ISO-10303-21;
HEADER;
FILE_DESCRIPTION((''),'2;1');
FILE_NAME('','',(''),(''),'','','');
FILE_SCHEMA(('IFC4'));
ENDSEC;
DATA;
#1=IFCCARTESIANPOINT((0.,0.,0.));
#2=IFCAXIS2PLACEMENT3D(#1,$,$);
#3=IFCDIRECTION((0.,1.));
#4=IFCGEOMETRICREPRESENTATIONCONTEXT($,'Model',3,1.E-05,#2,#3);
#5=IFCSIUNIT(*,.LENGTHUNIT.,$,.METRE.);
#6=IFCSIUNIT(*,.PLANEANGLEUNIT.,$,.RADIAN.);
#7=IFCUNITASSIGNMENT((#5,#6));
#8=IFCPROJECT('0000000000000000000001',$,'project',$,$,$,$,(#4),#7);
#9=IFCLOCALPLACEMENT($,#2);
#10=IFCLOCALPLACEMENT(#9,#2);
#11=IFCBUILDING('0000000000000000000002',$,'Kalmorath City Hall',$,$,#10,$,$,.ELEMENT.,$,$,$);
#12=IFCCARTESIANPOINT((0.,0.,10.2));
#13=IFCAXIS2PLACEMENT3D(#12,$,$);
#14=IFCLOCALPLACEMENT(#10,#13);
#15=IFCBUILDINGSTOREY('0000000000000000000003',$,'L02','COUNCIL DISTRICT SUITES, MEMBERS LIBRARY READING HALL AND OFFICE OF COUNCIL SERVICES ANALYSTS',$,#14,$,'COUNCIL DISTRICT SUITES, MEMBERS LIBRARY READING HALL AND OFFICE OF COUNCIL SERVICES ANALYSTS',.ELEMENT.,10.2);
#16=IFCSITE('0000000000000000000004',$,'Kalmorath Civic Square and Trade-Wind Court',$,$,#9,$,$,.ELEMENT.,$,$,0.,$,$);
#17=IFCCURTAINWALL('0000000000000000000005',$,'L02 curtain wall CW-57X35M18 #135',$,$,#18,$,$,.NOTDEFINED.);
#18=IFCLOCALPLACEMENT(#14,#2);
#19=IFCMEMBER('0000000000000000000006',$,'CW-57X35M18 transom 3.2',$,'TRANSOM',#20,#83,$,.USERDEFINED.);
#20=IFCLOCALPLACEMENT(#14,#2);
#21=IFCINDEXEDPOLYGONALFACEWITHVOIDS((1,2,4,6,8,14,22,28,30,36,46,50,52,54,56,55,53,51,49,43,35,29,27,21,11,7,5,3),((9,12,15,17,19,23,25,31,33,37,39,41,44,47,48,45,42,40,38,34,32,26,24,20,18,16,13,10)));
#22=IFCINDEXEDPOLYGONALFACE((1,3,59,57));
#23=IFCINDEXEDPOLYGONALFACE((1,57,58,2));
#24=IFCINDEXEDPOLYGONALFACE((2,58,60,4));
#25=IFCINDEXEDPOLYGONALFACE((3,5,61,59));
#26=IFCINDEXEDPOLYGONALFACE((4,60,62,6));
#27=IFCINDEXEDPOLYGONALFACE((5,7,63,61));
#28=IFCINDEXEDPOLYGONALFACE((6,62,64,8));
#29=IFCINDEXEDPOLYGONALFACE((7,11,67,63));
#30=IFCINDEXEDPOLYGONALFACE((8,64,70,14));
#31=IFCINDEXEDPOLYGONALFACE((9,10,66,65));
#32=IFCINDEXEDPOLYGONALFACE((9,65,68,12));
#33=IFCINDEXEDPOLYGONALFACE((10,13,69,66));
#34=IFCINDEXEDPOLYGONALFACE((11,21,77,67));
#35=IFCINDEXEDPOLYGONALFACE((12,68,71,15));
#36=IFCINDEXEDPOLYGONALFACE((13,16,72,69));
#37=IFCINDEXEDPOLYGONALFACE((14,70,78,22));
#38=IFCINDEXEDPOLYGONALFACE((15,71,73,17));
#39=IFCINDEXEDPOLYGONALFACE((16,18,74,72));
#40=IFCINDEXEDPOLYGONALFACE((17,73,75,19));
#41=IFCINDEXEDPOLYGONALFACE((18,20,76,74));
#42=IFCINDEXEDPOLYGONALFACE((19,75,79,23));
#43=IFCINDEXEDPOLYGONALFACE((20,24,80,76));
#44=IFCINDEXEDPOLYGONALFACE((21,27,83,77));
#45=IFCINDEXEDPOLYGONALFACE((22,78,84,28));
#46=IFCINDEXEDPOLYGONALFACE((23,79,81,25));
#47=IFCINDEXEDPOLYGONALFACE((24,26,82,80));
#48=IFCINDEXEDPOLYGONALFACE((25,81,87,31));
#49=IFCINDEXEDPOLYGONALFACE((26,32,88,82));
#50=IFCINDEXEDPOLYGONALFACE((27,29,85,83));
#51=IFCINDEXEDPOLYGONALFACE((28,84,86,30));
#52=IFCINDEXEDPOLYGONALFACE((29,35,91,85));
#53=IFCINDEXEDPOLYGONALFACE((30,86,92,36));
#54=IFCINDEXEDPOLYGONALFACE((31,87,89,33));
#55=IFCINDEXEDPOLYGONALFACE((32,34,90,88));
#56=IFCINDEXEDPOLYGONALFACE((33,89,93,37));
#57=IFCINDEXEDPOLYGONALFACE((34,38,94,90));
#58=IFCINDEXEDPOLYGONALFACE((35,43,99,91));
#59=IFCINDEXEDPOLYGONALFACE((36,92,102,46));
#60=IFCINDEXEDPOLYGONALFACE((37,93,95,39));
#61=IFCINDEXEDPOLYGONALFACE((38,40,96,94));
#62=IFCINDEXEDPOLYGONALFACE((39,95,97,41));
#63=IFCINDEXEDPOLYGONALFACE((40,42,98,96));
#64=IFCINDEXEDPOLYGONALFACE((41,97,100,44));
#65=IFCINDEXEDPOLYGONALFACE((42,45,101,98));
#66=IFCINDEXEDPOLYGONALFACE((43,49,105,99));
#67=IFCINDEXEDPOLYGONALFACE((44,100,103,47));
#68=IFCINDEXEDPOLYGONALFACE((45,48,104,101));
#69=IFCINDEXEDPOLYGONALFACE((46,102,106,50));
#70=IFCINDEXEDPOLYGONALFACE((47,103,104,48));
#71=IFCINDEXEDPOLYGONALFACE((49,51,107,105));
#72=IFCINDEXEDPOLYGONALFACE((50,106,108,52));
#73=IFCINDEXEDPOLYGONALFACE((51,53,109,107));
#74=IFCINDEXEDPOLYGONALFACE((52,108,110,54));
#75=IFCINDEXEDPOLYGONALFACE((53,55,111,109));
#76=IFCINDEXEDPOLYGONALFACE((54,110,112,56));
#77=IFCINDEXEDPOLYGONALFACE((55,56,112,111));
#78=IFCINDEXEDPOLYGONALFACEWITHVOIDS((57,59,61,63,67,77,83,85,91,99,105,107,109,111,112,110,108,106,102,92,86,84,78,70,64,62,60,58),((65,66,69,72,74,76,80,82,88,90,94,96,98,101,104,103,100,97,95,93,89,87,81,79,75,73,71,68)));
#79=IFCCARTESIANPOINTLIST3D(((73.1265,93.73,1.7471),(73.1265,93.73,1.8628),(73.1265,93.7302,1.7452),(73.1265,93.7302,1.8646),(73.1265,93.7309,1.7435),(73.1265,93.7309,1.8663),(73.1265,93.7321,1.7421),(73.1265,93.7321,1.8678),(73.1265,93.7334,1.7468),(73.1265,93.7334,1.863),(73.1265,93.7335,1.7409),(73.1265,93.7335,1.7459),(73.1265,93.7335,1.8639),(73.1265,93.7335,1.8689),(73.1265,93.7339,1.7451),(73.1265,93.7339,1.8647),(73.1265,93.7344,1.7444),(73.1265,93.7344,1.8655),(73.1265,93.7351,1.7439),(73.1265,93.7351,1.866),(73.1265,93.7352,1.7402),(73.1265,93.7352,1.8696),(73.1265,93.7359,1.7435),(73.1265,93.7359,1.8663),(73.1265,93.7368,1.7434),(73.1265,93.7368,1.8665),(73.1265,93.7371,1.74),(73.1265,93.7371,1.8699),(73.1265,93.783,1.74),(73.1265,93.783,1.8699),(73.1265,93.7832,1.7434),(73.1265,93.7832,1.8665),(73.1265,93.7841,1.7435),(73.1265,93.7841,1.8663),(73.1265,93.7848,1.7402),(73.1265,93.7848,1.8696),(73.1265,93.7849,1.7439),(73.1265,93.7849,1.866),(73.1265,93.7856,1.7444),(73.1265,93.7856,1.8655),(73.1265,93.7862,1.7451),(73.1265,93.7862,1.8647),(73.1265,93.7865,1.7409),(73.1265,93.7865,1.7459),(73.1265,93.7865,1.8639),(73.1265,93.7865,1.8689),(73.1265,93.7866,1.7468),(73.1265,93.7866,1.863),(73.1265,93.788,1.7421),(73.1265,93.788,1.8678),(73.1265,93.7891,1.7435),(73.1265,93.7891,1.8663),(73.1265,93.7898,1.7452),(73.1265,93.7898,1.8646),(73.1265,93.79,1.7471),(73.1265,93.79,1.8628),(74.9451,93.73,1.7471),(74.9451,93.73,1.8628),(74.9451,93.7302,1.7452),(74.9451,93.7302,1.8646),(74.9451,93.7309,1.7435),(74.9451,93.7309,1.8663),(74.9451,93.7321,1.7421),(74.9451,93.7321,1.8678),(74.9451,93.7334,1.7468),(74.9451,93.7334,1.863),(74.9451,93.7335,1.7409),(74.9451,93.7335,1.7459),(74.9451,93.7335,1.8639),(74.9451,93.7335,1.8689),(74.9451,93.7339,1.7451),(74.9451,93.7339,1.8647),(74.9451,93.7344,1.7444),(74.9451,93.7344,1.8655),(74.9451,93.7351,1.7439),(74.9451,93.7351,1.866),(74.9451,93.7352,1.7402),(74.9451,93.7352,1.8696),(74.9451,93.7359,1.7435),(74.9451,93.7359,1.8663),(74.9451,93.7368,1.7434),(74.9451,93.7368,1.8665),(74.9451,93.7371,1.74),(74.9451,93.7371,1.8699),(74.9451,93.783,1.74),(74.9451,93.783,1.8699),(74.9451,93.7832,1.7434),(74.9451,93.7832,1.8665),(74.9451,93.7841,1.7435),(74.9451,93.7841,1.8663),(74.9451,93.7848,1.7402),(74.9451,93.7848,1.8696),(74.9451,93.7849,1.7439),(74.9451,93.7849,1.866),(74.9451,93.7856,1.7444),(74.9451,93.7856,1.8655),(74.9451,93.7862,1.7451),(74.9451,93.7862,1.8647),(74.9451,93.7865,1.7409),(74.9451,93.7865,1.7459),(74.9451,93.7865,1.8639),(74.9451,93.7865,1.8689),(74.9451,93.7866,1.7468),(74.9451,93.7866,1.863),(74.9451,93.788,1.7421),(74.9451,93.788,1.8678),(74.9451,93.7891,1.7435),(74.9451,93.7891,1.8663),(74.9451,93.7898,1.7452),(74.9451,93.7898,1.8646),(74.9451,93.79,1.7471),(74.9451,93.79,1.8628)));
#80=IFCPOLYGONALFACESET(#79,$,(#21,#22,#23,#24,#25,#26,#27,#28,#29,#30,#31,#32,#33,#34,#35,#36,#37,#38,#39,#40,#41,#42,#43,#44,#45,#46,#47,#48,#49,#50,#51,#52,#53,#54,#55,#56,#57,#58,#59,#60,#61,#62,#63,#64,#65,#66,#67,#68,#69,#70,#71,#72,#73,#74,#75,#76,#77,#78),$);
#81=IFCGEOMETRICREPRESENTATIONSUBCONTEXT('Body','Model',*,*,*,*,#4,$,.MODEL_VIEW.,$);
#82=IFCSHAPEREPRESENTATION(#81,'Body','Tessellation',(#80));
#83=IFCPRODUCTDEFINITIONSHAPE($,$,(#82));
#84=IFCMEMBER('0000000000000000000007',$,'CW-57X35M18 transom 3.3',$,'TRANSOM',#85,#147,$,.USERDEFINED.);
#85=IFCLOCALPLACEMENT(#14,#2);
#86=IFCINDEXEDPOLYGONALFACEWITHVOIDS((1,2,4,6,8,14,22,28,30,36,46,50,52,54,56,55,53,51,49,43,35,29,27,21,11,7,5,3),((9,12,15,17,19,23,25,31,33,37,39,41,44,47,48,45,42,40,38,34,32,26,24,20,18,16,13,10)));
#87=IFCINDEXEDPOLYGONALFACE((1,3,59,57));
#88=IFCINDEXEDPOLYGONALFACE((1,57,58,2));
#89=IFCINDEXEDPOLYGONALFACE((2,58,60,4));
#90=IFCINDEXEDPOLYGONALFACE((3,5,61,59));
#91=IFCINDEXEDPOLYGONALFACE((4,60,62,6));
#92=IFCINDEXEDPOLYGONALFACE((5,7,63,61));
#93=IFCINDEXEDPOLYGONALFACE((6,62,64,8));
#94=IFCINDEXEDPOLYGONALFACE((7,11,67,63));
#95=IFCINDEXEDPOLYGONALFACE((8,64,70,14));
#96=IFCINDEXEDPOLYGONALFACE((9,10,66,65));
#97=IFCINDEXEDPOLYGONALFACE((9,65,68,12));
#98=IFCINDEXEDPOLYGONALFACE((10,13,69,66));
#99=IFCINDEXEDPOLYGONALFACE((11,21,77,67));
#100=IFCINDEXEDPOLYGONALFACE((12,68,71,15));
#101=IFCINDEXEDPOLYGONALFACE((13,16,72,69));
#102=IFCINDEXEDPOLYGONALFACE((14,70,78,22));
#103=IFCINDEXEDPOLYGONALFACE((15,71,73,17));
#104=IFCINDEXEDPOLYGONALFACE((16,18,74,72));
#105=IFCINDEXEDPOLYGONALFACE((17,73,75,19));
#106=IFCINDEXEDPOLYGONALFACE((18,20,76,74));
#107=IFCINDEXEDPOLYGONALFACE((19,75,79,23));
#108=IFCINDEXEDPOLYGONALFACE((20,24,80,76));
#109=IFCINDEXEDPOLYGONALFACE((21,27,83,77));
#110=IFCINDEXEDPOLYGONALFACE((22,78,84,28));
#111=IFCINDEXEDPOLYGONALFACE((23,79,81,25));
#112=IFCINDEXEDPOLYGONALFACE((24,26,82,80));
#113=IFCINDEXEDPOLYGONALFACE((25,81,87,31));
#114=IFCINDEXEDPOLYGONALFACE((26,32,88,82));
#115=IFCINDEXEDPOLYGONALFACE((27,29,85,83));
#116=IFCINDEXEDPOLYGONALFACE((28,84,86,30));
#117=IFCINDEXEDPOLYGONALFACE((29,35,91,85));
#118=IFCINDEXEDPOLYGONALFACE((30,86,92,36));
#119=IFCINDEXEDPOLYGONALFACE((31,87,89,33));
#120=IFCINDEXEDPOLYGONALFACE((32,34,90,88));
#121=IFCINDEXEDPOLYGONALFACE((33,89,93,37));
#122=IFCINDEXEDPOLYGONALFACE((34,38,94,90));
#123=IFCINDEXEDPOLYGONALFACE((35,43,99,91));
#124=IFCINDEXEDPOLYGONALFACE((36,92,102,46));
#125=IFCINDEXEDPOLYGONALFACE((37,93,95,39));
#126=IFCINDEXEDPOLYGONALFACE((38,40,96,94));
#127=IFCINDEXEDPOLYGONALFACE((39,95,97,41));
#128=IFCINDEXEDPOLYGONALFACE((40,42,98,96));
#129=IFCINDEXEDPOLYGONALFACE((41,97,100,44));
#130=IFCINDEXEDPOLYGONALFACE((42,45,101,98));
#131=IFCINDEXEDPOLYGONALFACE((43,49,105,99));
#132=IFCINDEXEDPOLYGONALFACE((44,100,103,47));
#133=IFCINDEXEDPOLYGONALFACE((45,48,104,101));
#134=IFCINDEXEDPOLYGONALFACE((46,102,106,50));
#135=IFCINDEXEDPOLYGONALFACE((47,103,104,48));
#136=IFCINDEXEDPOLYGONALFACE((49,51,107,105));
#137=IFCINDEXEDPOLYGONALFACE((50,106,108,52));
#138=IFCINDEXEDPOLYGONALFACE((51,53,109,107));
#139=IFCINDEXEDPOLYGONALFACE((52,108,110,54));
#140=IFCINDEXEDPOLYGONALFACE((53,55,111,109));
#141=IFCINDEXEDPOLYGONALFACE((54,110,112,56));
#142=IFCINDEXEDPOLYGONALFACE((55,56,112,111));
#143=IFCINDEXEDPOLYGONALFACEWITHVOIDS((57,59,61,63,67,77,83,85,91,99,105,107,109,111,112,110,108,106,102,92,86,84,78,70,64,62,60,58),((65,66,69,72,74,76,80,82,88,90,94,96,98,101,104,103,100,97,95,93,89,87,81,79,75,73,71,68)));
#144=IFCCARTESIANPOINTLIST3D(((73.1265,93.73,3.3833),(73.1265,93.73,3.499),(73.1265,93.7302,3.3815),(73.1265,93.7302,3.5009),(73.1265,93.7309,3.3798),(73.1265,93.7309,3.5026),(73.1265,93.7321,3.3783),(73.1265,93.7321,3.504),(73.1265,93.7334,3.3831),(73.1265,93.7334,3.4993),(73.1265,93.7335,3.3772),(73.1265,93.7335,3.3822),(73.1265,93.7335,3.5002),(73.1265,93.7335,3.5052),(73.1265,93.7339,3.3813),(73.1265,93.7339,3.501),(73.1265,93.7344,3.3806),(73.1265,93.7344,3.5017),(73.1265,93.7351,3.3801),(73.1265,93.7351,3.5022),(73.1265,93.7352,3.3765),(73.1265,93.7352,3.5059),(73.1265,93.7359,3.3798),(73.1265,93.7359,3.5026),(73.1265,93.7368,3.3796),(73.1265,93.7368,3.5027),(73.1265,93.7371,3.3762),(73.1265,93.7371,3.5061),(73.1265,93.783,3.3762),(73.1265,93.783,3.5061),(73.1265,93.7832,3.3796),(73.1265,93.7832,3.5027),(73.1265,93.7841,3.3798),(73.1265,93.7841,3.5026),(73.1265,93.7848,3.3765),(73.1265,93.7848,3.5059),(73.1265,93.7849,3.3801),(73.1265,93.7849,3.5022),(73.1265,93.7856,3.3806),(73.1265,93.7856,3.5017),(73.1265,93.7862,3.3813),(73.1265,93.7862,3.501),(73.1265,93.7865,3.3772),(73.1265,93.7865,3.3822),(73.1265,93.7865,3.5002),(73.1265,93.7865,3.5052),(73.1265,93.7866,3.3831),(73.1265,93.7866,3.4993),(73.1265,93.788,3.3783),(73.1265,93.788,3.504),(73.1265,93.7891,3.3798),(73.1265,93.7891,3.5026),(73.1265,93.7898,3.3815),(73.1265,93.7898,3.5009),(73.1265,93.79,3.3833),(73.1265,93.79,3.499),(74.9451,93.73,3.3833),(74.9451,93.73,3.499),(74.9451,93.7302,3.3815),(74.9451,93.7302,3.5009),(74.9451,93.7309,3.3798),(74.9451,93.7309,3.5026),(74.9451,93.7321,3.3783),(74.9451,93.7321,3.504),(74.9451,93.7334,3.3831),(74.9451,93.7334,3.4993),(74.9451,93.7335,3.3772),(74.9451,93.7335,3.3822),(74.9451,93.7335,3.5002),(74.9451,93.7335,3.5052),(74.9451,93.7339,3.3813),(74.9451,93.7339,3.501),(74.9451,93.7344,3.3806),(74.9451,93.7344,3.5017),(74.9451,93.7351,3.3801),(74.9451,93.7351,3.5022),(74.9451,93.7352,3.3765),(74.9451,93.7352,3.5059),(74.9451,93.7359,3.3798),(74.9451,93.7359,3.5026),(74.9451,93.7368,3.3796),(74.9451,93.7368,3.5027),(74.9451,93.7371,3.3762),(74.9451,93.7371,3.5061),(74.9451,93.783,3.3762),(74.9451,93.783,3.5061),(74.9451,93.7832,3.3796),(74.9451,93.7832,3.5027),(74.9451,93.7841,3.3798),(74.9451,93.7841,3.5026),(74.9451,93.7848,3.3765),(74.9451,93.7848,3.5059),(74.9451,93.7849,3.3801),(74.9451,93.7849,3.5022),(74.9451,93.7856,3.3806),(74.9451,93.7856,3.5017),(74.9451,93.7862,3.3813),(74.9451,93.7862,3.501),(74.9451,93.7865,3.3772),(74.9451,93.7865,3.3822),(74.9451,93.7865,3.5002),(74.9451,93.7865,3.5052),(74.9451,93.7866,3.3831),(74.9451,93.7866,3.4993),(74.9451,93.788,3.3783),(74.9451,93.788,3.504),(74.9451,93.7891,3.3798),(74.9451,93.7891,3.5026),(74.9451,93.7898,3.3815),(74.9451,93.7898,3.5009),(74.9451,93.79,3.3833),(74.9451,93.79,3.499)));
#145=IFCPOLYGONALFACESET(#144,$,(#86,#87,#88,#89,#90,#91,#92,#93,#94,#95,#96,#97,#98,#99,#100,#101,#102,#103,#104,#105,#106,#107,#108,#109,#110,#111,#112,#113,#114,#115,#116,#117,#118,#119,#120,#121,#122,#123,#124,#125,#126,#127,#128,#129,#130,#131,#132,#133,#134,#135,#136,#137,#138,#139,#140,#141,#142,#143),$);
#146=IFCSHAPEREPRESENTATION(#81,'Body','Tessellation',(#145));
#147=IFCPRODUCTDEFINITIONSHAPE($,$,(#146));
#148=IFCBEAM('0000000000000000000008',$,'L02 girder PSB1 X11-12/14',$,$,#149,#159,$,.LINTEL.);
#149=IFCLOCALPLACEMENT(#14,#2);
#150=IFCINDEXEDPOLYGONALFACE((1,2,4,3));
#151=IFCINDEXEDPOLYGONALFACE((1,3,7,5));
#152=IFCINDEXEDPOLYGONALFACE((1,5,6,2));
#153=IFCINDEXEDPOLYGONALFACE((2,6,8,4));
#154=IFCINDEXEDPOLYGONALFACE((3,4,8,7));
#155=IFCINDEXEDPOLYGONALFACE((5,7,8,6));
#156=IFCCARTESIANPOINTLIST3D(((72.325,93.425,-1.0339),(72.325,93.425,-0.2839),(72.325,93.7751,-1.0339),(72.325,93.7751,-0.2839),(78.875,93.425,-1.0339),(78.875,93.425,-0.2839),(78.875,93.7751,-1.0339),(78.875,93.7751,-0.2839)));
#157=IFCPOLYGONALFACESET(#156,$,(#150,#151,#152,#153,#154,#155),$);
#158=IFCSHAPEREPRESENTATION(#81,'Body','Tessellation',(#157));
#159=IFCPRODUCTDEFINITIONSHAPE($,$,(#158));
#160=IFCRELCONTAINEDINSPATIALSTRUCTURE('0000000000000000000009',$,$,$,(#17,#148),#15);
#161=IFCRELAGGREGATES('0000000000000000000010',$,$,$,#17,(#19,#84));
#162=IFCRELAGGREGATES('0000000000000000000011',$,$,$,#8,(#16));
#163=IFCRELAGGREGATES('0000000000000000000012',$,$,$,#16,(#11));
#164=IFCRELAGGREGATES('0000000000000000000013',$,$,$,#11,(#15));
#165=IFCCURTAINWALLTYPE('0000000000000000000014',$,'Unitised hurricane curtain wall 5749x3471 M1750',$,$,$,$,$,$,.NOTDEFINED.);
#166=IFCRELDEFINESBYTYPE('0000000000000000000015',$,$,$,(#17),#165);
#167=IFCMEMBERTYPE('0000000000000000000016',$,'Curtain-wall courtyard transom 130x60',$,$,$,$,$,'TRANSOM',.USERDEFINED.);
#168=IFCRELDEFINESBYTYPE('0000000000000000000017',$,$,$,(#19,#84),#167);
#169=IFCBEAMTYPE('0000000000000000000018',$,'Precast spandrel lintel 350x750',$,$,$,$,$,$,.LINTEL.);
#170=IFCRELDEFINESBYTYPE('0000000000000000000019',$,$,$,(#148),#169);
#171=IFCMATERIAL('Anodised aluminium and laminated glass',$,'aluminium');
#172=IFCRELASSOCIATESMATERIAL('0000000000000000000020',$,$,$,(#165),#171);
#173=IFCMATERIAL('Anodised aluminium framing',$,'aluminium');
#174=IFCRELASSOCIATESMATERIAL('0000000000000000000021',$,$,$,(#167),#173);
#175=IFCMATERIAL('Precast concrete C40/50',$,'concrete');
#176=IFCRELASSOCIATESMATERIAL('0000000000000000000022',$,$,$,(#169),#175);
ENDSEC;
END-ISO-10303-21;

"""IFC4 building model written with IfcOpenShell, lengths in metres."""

from ifc_helpers import new_model, si_unit, direction, frame, origin, origin_2d, place, context, subcontext, project, spatial, rectangle, hollow_rectangle, extrude, material, material_profile, profile_set, type_object, element, aggregate, save


model = new_model("IFC4")

# Units and contexts
model_context = context("Model", 3, precision=1e-05, world=origin(), true_north=direction((0.0, 1.0)))
body_context = subcontext(model_context, "Body", "Model", "MODEL_VIEW")
ifc_project = project(units=[si_unit("LENGTHUNIT", "METRE"), si_unit("PLANEANGLEUNIT", "RADIAN")], contexts=[model_context])

# Site, building, storey
site_placement = place(None, origin())
site = spatial("IfcSite", under=ifc_project, at=site_placement, Name="Kalmorath Civic Square and Trade-Wind Court", CompositionType="ELEMENT", RefElevation=0.0)
building_placement = place(site_placement, origin())
building = spatial("IfcBuilding", under=site, at=building_placement, Name="Kalmorath City Hall", CompositionType="ELEMENT")
storey_placement = place(building_placement, frame((0.0, 0.0, 10.2)))
storey = spatial("IfcBuildingStorey", under=building, at=storey_placement, Name="L02", Description="COUNCIL DISTRICT SUITES, MEMBERS LIBRARY READING HALL AND OFFICE OF COUNCIL SERVICES ANALYSTS", LongName="COUNCIL DISTRICT SUITES, MEMBERS LIBRARY READING HALL AND OFFICE OF COUNCIL SERVICES ANALYSTS", CompositionType="ELEMENT", Elevation=10.2)

# Curtain wall, members
ifc_material_1 = material(Name="Anodised aluminium and laminated glass", Category="aluminium")
curtain_wall_type = type_object("IfcCurtainWallType", Name="Unitised hurricane curtain wall 5749x3471 M1750", PredefinedType="NOTDEFINED", material=ifc_material_1)
curtain_wall_placement = place(storey_placement, origin())
curtain_wall = element("IfcCurtainWall", 1, at=curtain_wall_placement, inside=storey, type_object=curtain_wall_type, Name="L02 curtain wall CW-57X35M18 #135", PredefinedType="NOTDEFINED")
ifc_material_2 = material(Name="Anodised aluminium framing", Category="aluminium")
ifc_material_profile_1 = material_profile(ifc_material_2, hollow_rectangle(XDim=0.0601, YDim=0.1299, WallThickness=0.0034, InnerFilletRadius=0.0034, OuterFilletRadius=0.0071, at=origin_2d()), Name="ALU-TRN-130X60X3.5")
ifc_profile_set_1 = profile_set([ifc_material_profile_1], Name="Anodised aluminium framing")
member_type_1 = type_object("IfcMemberType", Name="Curtain-wall courtyard transom 130x60", ElementType="TRANSOM", PredefinedType="USERDEFINED", material=ifc_profile_set_1)
member_1_placement = place(storey_placement, frame((74.9451, 93.76, 1.8049), z_axis=(-1.0, 0.0, 0.0), x_axis=(0.0, -1.0, 0.0)))
member_1 = element("IfcMember", 2, at=member_1_placement, type_object=member_type_1, Name="CW-57X35M18 transom 3.2", ObjectType="TRANSOM", PredefinedType="USERDEFINED", context=body_context, shape_type="SweptSolid", body=[
    extrude(hollow_rectangle(XDim=0.0601, YDim=0.1299, WallThickness=0.0034, InnerFilletRadius=0.0034, OuterFilletRadius=0.0071, at=origin_2d()), origin(), (0.0, 0.0, 1.0), 1.8186),
])
member_2_placement = place(storey_placement, frame((74.9451, 93.76, 3.4412), z_axis=(-1.0, 0.0, 0.0), x_axis=(0.0, -1.0, 0.0)))
member_2 = element("IfcMember", 3, at=member_2_placement, type_object=member_type_1, Name="CW-57X35M18 transom 3.3", ObjectType="TRANSOM", PredefinedType="USERDEFINED", context=body_context, shape_type="SweptSolid", body=[
    extrude(hollow_rectangle(XDim=0.0601, YDim=0.1299, WallThickness=0.0034, InnerFilletRadius=0.0034, OuterFilletRadius=0.0071, at=origin_2d()), origin(), (0.0, 0.0, 1.0), 1.8186),
])

# Beam
ifc_material_3 = material(Name="Precast concrete C40/50", Category="concrete")
ifc_material_profile_2 = material_profile(ifc_material_3, rectangle(XDim=0.3501, YDim=0.75, at=origin_2d()), Name="PC-SP-350X750")
ifc_profile_set_2 = profile_set([ifc_material_profile_2], Name="Precast concrete C40/50")
beam_type_1 = type_object("IfcBeamType", Name="Precast spandrel lintel 350x750", PredefinedType="LINTEL", material=ifc_profile_set_2)
beam_1_placement = place(storey_placement, frame((72.325, 93.6001, -0.6589), z_axis=(1.0, 0.0, 0.0), x_axis=(0.0, 1.0, 0.0)))
element("IfcBeam", 4, at=beam_1_placement, inside=storey, type_object=beam_type_1, Name="L02 girder PSB1 X11-12/14", PredefinedType="LINTEL", context=body_context, shape_type="SweptSolid", body=[
    extrude(rectangle(XDim=0.3501, YDim=0.75, at=origin_2d()), origin(), (0.0, 0.0, 1.0), 6.55),
])

aggregate(curtain_wall, [member_1, member_2])

save(model, "model.ifc")
